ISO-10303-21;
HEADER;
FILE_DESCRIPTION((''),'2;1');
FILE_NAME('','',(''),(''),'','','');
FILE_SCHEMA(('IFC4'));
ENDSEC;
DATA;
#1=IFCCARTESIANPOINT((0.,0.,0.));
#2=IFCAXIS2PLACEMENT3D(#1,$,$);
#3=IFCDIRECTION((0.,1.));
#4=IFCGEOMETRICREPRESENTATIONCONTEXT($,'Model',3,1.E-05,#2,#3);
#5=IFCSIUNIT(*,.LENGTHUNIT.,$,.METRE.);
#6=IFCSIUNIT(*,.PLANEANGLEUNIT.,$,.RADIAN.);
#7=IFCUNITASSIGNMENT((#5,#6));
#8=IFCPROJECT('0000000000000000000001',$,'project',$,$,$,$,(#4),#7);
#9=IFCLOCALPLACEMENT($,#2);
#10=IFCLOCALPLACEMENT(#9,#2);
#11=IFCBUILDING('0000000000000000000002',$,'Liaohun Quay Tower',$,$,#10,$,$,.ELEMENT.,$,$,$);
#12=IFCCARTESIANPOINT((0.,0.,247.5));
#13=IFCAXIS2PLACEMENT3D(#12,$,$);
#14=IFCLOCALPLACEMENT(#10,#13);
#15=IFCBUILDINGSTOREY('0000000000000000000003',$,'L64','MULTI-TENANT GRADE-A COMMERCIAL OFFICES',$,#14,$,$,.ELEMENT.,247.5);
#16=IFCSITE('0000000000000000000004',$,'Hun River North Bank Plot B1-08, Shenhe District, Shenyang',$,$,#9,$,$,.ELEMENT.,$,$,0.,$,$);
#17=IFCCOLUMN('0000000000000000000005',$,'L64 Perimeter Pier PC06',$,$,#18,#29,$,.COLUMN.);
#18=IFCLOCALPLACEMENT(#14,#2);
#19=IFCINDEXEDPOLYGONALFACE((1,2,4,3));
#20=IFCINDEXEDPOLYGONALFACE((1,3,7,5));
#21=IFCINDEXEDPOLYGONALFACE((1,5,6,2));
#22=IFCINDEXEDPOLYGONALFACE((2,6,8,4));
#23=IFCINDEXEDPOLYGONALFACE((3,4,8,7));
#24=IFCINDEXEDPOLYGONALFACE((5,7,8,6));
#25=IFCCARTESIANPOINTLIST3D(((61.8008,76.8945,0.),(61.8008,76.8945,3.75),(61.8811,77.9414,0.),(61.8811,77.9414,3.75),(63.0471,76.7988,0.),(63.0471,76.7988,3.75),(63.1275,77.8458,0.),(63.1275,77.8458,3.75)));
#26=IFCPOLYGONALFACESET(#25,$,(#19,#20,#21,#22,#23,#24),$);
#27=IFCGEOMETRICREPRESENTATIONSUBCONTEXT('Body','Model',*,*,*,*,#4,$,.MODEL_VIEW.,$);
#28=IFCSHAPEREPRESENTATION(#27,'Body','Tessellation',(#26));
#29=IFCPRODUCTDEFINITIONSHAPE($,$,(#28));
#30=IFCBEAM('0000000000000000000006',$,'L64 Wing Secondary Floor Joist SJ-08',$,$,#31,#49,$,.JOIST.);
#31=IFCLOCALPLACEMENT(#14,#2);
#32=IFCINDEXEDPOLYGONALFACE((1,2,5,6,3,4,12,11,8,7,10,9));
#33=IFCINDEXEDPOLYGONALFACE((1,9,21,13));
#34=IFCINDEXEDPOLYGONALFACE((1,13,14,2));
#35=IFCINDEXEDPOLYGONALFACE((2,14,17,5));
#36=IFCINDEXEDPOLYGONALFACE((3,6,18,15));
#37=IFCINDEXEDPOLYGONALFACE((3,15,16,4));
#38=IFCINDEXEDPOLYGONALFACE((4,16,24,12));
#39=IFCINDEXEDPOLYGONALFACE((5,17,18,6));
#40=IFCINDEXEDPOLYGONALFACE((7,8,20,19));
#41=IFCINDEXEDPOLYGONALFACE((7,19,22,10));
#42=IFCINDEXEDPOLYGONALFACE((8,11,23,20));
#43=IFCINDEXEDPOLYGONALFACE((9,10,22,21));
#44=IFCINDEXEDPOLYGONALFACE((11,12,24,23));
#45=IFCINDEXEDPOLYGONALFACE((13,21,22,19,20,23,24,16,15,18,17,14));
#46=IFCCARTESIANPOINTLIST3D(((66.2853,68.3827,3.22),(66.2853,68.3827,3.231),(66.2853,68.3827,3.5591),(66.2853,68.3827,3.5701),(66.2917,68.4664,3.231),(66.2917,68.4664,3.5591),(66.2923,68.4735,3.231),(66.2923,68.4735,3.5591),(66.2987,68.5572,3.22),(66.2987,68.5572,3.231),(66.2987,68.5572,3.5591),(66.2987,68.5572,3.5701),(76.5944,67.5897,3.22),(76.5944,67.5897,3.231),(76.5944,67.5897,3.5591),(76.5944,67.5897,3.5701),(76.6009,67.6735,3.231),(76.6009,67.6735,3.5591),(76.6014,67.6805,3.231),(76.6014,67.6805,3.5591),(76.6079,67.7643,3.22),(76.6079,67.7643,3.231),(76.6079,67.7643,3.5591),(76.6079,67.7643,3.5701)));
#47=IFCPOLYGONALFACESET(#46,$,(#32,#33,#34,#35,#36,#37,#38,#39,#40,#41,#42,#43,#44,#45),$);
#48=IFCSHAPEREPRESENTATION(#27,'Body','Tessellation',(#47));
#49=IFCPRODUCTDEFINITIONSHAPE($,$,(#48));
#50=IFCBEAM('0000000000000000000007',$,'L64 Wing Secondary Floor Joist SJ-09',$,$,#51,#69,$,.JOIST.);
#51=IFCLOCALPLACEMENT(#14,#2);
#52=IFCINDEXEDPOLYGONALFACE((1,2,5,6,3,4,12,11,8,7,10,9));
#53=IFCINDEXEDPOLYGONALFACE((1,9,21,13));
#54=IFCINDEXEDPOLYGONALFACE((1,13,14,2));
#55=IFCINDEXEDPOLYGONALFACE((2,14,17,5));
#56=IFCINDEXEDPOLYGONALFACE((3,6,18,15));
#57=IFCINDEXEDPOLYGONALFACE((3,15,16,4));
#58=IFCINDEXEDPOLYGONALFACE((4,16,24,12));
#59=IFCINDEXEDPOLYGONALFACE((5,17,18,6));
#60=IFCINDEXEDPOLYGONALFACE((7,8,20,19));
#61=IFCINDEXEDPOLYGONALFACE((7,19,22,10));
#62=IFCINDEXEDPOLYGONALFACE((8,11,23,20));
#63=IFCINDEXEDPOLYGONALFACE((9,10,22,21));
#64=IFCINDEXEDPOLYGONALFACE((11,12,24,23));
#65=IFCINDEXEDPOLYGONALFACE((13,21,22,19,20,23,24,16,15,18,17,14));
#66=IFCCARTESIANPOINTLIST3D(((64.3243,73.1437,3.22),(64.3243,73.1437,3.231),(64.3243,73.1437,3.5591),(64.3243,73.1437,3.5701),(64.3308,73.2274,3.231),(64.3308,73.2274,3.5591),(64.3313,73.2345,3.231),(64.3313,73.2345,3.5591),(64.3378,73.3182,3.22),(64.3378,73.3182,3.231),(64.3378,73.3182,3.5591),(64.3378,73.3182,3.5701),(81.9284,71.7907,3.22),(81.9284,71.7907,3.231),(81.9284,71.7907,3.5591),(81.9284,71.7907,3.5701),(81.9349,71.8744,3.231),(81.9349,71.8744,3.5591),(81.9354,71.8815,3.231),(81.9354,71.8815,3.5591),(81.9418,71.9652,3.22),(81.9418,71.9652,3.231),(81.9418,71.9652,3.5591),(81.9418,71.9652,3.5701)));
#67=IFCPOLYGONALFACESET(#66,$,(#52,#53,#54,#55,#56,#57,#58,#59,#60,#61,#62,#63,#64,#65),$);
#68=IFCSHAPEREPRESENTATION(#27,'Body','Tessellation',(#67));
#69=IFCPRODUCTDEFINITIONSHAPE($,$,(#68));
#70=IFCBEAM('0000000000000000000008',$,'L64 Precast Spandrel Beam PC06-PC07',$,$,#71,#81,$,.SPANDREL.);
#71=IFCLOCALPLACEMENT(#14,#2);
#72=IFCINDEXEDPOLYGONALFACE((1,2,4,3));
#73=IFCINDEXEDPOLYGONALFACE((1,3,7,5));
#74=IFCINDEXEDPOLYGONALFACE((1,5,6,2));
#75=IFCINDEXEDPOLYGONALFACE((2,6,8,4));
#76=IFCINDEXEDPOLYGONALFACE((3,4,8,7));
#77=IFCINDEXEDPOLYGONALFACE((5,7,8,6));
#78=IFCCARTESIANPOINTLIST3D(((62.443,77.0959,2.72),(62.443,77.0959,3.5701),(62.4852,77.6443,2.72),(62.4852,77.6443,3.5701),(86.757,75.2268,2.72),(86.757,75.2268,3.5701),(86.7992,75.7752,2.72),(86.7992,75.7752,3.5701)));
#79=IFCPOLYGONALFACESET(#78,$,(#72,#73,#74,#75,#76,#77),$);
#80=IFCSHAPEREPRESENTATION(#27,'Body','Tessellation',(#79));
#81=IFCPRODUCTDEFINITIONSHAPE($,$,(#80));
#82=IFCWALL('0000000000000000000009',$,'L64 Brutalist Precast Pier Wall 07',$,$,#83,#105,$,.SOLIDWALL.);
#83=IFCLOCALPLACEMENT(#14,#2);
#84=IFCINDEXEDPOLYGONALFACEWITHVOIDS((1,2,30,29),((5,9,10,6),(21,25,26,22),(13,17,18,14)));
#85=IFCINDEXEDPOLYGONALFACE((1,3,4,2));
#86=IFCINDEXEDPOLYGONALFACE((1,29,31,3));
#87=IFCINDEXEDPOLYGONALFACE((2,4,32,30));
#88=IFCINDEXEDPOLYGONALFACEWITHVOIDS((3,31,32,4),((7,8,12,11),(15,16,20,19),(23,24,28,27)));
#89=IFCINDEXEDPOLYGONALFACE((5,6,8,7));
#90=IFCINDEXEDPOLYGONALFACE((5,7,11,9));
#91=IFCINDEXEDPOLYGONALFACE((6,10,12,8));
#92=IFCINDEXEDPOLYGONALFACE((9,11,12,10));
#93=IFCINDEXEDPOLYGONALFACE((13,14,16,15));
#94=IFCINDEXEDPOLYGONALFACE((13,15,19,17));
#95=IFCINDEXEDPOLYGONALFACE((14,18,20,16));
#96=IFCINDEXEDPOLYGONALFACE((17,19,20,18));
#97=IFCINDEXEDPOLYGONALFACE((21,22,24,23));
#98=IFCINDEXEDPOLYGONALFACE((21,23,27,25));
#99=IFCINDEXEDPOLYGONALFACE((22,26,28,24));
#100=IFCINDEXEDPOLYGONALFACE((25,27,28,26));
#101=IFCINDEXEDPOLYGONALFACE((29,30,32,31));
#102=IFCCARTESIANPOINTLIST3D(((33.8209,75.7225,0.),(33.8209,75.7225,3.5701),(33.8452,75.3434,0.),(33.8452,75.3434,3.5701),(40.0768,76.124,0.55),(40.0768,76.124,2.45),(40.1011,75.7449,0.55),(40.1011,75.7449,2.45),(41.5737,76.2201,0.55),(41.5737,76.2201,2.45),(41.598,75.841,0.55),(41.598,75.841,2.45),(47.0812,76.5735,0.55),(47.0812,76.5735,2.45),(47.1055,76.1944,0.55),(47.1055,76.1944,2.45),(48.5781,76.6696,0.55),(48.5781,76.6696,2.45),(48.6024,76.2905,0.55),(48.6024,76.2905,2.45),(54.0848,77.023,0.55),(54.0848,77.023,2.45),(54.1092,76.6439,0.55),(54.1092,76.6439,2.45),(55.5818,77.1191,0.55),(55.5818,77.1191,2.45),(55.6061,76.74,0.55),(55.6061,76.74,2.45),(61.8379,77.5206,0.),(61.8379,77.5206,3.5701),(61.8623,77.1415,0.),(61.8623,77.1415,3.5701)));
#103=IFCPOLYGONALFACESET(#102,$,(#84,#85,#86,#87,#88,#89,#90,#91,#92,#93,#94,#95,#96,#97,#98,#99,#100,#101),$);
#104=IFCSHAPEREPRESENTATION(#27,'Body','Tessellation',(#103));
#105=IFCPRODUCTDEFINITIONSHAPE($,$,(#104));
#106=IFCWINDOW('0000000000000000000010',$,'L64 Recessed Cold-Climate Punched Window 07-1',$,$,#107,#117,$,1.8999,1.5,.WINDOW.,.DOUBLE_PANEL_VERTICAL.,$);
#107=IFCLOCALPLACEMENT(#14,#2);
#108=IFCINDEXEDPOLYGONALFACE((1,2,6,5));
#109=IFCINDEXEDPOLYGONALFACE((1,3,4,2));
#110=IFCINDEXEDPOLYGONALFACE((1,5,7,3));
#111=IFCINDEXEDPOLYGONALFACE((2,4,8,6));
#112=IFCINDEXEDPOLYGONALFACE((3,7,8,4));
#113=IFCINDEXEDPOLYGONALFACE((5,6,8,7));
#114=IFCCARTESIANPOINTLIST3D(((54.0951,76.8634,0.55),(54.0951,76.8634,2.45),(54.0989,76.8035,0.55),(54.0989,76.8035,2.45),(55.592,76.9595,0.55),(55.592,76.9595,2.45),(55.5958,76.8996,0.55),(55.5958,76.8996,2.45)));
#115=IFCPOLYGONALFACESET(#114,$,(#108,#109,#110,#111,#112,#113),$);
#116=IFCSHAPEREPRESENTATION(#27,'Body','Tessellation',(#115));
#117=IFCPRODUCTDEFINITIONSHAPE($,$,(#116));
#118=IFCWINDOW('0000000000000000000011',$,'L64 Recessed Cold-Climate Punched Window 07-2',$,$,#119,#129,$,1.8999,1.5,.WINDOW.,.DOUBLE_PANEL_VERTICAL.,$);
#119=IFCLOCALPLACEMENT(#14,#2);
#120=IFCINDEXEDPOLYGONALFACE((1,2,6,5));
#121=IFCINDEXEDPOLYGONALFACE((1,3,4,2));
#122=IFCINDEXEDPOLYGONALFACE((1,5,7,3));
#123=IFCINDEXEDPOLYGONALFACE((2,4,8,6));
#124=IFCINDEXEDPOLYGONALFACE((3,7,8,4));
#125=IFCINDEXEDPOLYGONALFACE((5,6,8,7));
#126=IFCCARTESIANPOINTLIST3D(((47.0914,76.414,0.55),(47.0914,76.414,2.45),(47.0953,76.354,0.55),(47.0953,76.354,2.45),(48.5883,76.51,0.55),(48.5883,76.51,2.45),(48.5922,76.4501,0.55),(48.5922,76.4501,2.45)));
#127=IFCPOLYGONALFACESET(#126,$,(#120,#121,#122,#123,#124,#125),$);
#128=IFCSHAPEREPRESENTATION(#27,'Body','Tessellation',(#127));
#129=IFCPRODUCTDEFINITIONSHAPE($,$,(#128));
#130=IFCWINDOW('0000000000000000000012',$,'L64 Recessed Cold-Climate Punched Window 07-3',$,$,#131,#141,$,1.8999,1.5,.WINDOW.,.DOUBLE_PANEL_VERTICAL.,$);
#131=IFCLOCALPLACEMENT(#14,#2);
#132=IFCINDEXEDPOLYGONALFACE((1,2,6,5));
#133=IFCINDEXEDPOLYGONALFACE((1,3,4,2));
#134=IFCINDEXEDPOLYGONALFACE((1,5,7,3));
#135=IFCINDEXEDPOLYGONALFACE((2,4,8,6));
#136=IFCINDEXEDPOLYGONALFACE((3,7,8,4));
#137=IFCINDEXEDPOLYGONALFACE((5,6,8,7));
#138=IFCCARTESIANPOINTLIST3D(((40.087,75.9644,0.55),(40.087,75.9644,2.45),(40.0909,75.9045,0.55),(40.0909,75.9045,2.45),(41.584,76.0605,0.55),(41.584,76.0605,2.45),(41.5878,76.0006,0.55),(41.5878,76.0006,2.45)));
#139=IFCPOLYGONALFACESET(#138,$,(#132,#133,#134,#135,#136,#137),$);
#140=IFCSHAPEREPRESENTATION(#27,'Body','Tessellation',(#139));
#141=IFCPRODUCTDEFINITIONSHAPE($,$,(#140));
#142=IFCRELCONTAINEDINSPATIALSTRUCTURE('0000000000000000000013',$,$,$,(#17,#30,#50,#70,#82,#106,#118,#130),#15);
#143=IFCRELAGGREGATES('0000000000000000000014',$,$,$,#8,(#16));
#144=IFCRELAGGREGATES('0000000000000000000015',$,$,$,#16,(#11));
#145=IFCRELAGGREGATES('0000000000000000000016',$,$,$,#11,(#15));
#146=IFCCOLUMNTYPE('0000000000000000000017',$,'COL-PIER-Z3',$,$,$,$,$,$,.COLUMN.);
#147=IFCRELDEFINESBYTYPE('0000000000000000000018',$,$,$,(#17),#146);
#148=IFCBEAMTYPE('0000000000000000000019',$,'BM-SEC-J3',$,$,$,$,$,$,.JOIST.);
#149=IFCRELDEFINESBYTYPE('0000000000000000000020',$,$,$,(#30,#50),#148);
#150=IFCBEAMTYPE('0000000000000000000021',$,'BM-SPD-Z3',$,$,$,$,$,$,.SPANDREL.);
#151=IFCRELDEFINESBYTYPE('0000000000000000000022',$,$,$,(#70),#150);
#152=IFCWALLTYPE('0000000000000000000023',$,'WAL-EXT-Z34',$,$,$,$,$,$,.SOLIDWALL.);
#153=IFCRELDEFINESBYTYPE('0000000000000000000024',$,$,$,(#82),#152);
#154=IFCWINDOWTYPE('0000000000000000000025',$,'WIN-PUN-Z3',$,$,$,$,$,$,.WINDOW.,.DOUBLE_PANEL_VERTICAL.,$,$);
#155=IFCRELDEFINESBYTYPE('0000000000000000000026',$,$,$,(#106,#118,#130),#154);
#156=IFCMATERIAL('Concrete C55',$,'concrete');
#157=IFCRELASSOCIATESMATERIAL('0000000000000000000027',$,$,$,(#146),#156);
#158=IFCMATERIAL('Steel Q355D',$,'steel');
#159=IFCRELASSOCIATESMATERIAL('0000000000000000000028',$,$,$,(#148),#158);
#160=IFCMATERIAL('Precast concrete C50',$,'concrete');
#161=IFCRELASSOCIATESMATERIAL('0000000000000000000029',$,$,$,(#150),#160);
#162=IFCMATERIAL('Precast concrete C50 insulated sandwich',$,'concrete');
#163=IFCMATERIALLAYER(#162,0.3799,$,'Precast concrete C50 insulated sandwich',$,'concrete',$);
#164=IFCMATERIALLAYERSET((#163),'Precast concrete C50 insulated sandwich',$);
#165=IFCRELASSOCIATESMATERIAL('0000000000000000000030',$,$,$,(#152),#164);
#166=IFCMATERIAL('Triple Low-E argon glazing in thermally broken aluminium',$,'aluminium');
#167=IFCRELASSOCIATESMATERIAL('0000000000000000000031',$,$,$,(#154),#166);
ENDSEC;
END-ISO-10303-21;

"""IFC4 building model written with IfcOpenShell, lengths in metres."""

from ifc_helpers import new_model, si_unit, direction, frame, frame_2d, origin, origin_2d, place, context, subcontext, project, spatial, rectangle, i_section, extrude, source, transform, mapped, material, layer, layer_set, material_profile, profile_set, type_object, element, fill, save


model = new_model("IFC4")

# Units and contexts
model_context = context("Model", 3, precision=1e-05, world=origin(), true_north=direction((0.0, 1.0)))
body_context = subcontext(model_context, "Body", "Model", "MODEL_VIEW")
ifc_project = project(units=[si_unit("LENGTHUNIT", "METRE"), si_unit("PLANEANGLEUNIT", "RADIAN")], contexts=[model_context])

# Site, building, storey
site_placement = place(None, origin())
site = spatial("IfcSite", under=ifc_project, at=site_placement, Name="Hun River North Bank Plot B1-08, Shenhe District, Shenyang", CompositionType="ELEMENT", RefElevation=0.0)
building_placement = place(site_placement, origin())
building = spatial("IfcBuilding", under=site, at=building_placement, Name="Liaohun Quay Tower", CompositionType="ELEMENT")
storey_placement = place(building_placement, frame((0.0, 0.0, 247.5)))
storey = spatial("IfcBuildingStorey", under=building, at=storey_placement, Name="L64", Description="MULTI-TENANT GRADE-A COMMERCIAL OFFICES", CompositionType="ELEMENT", Elevation=247.5)

# Column
ifc_material_1 = material(Name="Concrete C55", Category="concrete")
ifc_material_profile_1 = material_profile(ifc_material_1, rectangle(XDim=1.25, YDim=1.05, at=origin_2d()), Name="RC1250x1050")
ifc_profile_set_1 = profile_set([ifc_material_profile_1], Name="Concrete C55")
column_type = type_object("IfcColumnType", Name="COL-PIER-Z3", PredefinedType="COLUMN", material=ifc_profile_set_1)
shared_shape_1 = source(origin(), body_context, "Body", "SweptSolid", [
    extrude(rectangle(XDim=1.25, YDim=1.05, at=origin_2d()), origin(), (0.0, 0.0, 1.0), 3.75),
])
column_placement = place(storey_placement, frame((62.4641, 77.3701, 0.0), z_axis=(0.0, 0.0, 1.0), x_axis=(-0.997066, 0.076545, 0.0)))
element("IfcColumn", 1, at=column_placement, inside=storey, type_object=column_type, Name="L64 Perimeter Pier PC06", PredefinedType="COLUMN", context=body_context, shape_type="MappedRepresentation", body=[
    mapped(shared_shape_1, transform((0.0, 0.0, 0.0), x_axis=(1.0, 0.0, 0.0), y_axis=(0.0, 1.0, 0.0), z_axis=(0.0, 0.0, 1.0), scale=1.0)),
])

# Beams
ifc_material_2 = material(Name="Steel Q355D", Category="steel")
ifc_material_profile_2 = material_profile(ifc_material_2, i_section(OverallWidth=0.175, OverallDepth=0.3501, WebThickness=0.0071, FlangeThickness=0.011, at=origin_2d()), Name="HN350x175x7x11")
ifc_profile_set_2 = profile_set([ifc_material_profile_2], Name="Steel Q355D")
beam_type_1 = type_object("IfcBeamType", Name="BM-SEC-J3", PredefinedType="JOIST", material=ifc_profile_set_2)
shared_shape_2 = source(origin(), body_context, "Body", "SweptSolid", [
    extrude(i_section(OverallWidth=0.175, OverallDepth=0.3501, WebThickness=0.0071, FlangeThickness=0.011, at=origin_2d()), origin(), (0.0, 0.0, 1.0), 10.3396),
])
beam_1_placement = place(storey_placement, frame((66.292, 68.47, 3.395), z_axis=(0.997055, -0.076693, 0.0), x_axis=(0.076693, 0.997055, 0.0)))
element("IfcBeam", 2, at=beam_1_placement, inside=storey, type_object=beam_type_1, Name="L64 Wing Secondary Floor Joist SJ-08", PredefinedType="JOIST", context=body_context, shape_type="MappedRepresentation", body=[
    mapped(shared_shape_2, transform((0.0, 0.0, 0.0), x_axis=(1.0, 0.0, 0.0), y_axis=(0.0, 1.0, 0.0), z_axis=(0.0, 0.0, 1.0), scale=1.0)),
])
shared_shape_3 = source(origin(), body_context, "Body", "SweptSolid", [
    extrude(i_section(OverallWidth=0.175, OverallDepth=0.3501, WebThickness=0.0071, FlangeThickness=0.011, at=origin_2d()), origin(), (0.0, 0.0, 1.0), 17.656),
])
beam_2_placement = place(storey_placement, frame((64.3311, 73.231, 3.395), z_axis=(0.997059, -0.076633, 0.0), x_axis=(0.076633, 0.997059, 0.0)))
element("IfcBeam", 3, at=beam_2_placement, inside=storey, type_object=beam_type_1, Name="L64 Wing Secondary Floor Joist SJ-09", PredefinedType="JOIST", context=body_context, shape_type="MappedRepresentation", body=[
    mapped(shared_shape_3, transform((0.0, 0.0, 0.0), x_axis=(1.0, 0.0, 0.0), y_axis=(0.0, 1.0, 0.0), z_axis=(0.0, 0.0, 1.0), scale=1.0)),
])
ifc_material_3 = material(Name="Precast concrete C50", Category="concrete")
ifc_material_profile_3 = material_profile(ifc_material_3, rectangle(XDim=0.55, YDim=0.8501, at=origin_2d()), Name="RC550x850")
ifc_profile_set_3 = profile_set([ifc_material_profile_3], Name="Precast concrete C50")
beam_type_2 = type_object("IfcBeamType", Name="BM-SPD-Z3", PredefinedType="SPANDREL", material=ifc_profile_set_3)
shared_shape_4 = source(origin(), body_context, "Body", "SweptSolid", [
    extrude(rectangle(XDim=0.55, YDim=0.8501, at=origin_2d()), origin(), (0.0, 0.0, 1.0), 24.3857),
])
beam_3_placement = place(storey_placement, frame((62.4641, 77.3701, 3.145), z_axis=(0.997058, -0.076649, 0.0), x_axis=(0.076649, 0.997058, 0.0)))
element("IfcBeam", 4, at=beam_3_placement, inside=storey, type_object=beam_type_2, Name="L64 Precast Spandrel Beam PC06-PC07", PredefinedType="SPANDREL", context=body_context, shape_type="MappedRepresentation", body=[
    mapped(shared_shape_4, transform((0.0, 0.0, 0.0), x_axis=(1.0, 0.0, 0.0), y_axis=(0.0, 1.0, 0.0), z_axis=(0.0, 0.0, 1.0), scale=1.0)),
])

# Wall, openings, windows
ifc_material_4 = material(Name="Precast concrete C50 insulated sandwich", Category="concrete")
ifc_layer_1 = layer(ifc_material_4, 0.3799, Name="Precast concrete C50 insulated sandwich", Category="concrete")
ifc_layer_set_1 = layer_set([ifc_layer_1], Name="Precast concrete C50 insulated sandwich")
wall_type_1 = type_object("IfcWallType", Name="WAL-EXT-Z34", PredefinedType="SOLIDWALL", material=ifc_layer_set_1)
wall_1_placement = place(storey_placement, frame((61.8501, 77.3311, 0.0), z_axis=(0.0, 0.0, 1.0), x_axis=(-0.997947, -0.064047, 0.0)))
wall_1 = element("IfcWall", 5, at=wall_1_placement, inside=storey, type_object=wall_type_1, Name="L64 Brutalist Precast Pier Wall 07", PredefinedType="SOLIDWALL", context=body_context, shape_type="SweptSolid", body=[
    extrude(rectangle(XDim=28.0747, YDim=0.3799, at=frame_2d((14.0374, 0.0))), origin(), (0.0, 0.0, 1.0), 3.5701),
])
shared_shape_5 = source(origin(), body_context, "Body", "SweptSolid", [
    extrude(rectangle(XDim=1.5, YDim=1.8999, at=frame_2d((0.75, 0.95))), frame((0.0, 0.2, 0.0), z_axis=(0.0, -1.0, 0.0), x_axis=(1.0, 0.0, 0.0)), (0.0, 0.0, 1.0), 0.3999),
])
opening_1_placement = place(wall_1_placement, frame((6.269, 0.0, 0.55)))
opening_1 = element("IfcOpeningElement", 6, at=opening_1_placement, cuts=wall_1, PredefinedType="OPENING", context=body_context, shape_type="MappedRepresentation", body=[
    mapped(shared_shape_5, transform((0.0, 0.0, 0.0), x_axis=(1.0, 0.0, 0.0), y_axis=(0.0, 1.0, 0.0), z_axis=(0.0, 0.0, 1.0), scale=1.0)),
])
opening_2_placement = place(wall_1_placement, frame((13.2871, 0.0, 0.55)))
opening_2 = element("IfcOpeningElement", 7, at=opening_2_placement, cuts=wall_1, PredefinedType="OPENING", context=body_context, shape_type="MappedRepresentation", body=[
    mapped(shared_shape_5, transform((0.0, 0.0, 0.0), x_axis=(1.0, 0.0, 0.0), y_axis=(0.0, 1.0, 0.0), z_axis=(0.0, 0.0, 1.0), scale=1.0)),
])
opening_3_placement = place(wall_1_placement, frame((20.3059, 0.0, 0.55)))
opening_3 = element("IfcOpeningElement", 8, at=opening_3_placement, cuts=wall_1, PredefinedType="OPENING", context=body_context, shape_type="MappedRepresentation", body=[
    mapped(shared_shape_5, transform((0.0, 0.0, 0.0), x_axis=(1.0, 0.0, 0.0), y_axis=(0.0, 1.0, 0.0), z_axis=(0.0, 0.0, 1.0), scale=1.0)),
])
ifc_material_5 = material(Name="Triple Low-E argon glazing in thermally broken aluminium", Category="aluminium")
window_type = type_object("IfcWindowType", Name="WIN-PUN-Z3", PartitioningType="DOUBLE_PANEL_VERTICAL", PredefinedType="WINDOW", material=ifc_material_5)
shared_shape_6 = source(origin(), body_context, "Body", "SweptSolid", [
    extrude(rectangle(XDim=1.5, YDim=1.8999, at=frame_2d((0.75, 0.95))), frame((0.0, 0.03, 0.0), z_axis=(0.0, -1.0, 0.0), x_axis=(1.0, 0.0, 0.0)), (0.0, 0.0, 1.0), 0.0601),
])
window_1_placement = place(opening_1_placement, origin())
window_1 = element("IfcWindow", 9, at=window_1_placement, inside=storey, type_object=window_type, Name="L64 Recessed Cold-Climate Punched Window 07-1", OverallHeight=1.8999, OverallWidth=1.5, PartitioningType="DOUBLE_PANEL_VERTICAL", PredefinedType="WINDOW", context=body_context, shape_type="MappedRepresentation", body=[
    mapped(shared_shape_6, transform((0.0, 0.0, 0.0), x_axis=(1.0, 0.0, 0.0), y_axis=(0.0, 1.0, 0.0), z_axis=(0.0, 0.0, 1.0), scale=1.0)),
])
fill(opening_1, window_1)
window_2_placement = place(opening_2_placement, origin())
window_2 = element("IfcWindow", 10, at=window_2_placement, inside=storey, type_object=window_type, Name="L64 Recessed Cold-Climate Punched Window 07-2", OverallHeight=1.8999, OverallWidth=1.5, PartitioningType="DOUBLE_PANEL_VERTICAL", PredefinedType="WINDOW", context=body_context, shape_type="MappedRepresentation", body=[
    mapped(shared_shape_6, transform((0.0, 0.0, 0.0), x_axis=(1.0, 0.0, 0.0), y_axis=(0.0, 1.0, 0.0), z_axis=(0.0, 0.0, 1.0), scale=1.0)),
])
fill(opening_2, window_2)
window_3_placement = place(opening_3_placement, origin())
window_3 = element("IfcWindow", 11, at=window_3_placement, inside=storey, type_object=window_type, Name="L64 Recessed Cold-Climate Punched Window 07-3", OverallHeight=1.8999, OverallWidth=1.5, PartitioningType="DOUBLE_PANEL_VERTICAL", PredefinedType="WINDOW", context=body_context, shape_type="MappedRepresentation", body=[
    mapped(shared_shape_6, transform((0.0, 0.0, 0.0), x_axis=(1.0, 0.0, 0.0), y_axis=(0.0, 1.0, 0.0), z_axis=(0.0, 0.0, 1.0), scale=1.0)),
])
fill(opening_3, window_3)

save(model, "model.ifc")
